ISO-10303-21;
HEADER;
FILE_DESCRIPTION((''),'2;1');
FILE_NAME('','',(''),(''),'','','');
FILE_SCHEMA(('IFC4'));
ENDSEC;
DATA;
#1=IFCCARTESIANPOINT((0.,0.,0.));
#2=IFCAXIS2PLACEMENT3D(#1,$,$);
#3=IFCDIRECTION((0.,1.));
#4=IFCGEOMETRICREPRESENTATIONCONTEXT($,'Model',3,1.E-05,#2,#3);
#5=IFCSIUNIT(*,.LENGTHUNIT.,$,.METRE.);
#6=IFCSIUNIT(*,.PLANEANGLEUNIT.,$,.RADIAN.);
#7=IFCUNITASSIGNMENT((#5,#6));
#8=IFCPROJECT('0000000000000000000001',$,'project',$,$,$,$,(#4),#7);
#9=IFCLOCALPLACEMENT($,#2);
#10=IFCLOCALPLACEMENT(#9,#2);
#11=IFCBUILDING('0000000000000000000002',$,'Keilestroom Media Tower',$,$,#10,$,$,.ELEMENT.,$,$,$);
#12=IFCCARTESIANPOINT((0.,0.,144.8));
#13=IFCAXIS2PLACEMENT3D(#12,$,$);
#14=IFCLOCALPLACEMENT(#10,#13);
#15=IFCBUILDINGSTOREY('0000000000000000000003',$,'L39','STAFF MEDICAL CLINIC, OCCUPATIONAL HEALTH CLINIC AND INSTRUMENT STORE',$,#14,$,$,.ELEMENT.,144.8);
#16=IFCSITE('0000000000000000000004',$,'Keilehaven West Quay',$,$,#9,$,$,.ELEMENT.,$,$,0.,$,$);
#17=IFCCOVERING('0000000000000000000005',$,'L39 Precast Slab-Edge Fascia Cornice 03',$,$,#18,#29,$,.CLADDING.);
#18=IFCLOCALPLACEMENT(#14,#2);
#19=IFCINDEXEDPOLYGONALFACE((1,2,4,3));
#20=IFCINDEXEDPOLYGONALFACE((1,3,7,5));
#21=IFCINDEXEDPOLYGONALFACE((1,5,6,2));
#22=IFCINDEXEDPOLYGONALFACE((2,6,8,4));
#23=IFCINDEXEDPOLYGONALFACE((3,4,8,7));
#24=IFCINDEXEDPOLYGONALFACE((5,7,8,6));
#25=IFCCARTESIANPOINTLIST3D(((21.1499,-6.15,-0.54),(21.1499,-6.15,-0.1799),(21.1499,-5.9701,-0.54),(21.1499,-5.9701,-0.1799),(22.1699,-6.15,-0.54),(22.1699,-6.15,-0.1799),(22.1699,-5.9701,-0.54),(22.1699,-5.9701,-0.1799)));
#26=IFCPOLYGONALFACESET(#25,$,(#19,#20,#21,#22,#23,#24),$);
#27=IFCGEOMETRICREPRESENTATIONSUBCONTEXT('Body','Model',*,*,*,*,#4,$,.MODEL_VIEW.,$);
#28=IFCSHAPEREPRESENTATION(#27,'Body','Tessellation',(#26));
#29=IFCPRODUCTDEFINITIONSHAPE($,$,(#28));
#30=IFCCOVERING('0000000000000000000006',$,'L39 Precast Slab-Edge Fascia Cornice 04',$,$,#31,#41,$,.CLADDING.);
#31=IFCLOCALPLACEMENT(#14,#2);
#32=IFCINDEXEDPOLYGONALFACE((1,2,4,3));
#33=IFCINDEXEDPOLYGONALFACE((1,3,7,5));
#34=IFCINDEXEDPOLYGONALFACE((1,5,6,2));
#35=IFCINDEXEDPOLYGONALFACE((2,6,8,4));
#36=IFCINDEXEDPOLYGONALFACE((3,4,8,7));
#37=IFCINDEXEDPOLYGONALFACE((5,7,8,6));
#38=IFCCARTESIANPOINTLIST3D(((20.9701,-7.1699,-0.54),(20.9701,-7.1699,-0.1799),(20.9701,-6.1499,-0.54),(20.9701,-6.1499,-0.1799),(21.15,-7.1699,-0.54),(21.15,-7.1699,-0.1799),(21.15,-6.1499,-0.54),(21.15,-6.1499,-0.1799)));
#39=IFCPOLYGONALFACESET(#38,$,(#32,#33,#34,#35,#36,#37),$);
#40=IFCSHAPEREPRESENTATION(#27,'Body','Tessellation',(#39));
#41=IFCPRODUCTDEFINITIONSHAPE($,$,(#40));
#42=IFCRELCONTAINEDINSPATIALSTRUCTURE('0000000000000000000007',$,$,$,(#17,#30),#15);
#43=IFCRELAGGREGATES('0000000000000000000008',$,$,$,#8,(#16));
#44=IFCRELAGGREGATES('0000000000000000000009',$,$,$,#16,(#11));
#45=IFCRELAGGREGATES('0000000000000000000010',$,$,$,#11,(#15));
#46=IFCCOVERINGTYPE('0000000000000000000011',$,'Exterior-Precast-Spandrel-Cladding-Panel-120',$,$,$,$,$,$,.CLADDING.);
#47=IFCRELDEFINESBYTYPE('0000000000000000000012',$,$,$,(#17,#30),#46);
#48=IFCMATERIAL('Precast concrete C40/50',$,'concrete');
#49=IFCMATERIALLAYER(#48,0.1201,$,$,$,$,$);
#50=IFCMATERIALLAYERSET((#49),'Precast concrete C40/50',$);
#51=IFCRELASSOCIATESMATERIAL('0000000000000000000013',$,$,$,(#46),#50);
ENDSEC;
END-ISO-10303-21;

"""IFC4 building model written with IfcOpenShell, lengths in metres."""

from ifc_helpers import new_model, si_unit, direction, frame, origin, origin_2d, place, context, subcontext, project, spatial, rectangle, extrude, source, transform, mapped, material, layer, layer_set, type_object, element, save


model = new_model("IFC4")

# Units and contexts
model_context = context("Model", 3, precision=1e-05, world=origin(), true_north=direction((0.0, 1.0)))
body_context = subcontext(model_context, "Body", "Model", "MODEL_VIEW")
ifc_project = project(units=[si_unit("LENGTHUNIT", "METRE"), si_unit("PLANEANGLEUNIT", "RADIAN")], contexts=[model_context])

# Site, building, storey
site_placement = place(None, origin())
site = spatial("IfcSite", under=ifc_project, at=site_placement, Name="Keilehaven West Quay", CompositionType="ELEMENT", RefElevation=0.0)
building_placement = place(site_placement, origin())
building = spatial("IfcBuilding", under=site, at=building_placement, Name="Keilestroom Media Tower", CompositionType="ELEMENT")
storey_placement = place(building_placement, frame((0.0, 0.0, 144.8)))
storey = spatial("IfcBuildingStorey", under=building, at=storey_placement, Name="L39", Description="STAFF MEDICAL CLINIC, OCCUPATIONAL HEALTH CLINIC AND INSTRUMENT STORE", CompositionType="ELEMENT", Elevation=144.8)

# Shared definitions
ifc_material_1 = material(Name="Precast concrete C40/50", Category="concrete")

# Coverings
ifc_layer_1 = layer(ifc_material_1, 0.1201)
ifc_layer_set_1 = layer_set([ifc_layer_1], Name="Precast concrete C40/50")
covering_type = type_object("IfcCoveringType", Name="Exterior-Precast-Spandrel-Cladding-Panel-120", PredefinedType="CLADDING", material=ifc_layer_set_1)
shared_shape_1 = source(origin(), body_context, "Body", "SweptSolid", [
    extrude(rectangle(XDim=1.02, YDim=0.1799, at=origin_2d()), origin(), (0.0, 0.0, 1.0), 0.3601),
])
for number, where, z_axis, x_axis, name in (
    (1, (21.6599, -6.0601, -0.54), (0.0, 0.0, 1.0), (-1.0, 0.0, 0.0), "L39 Precast Slab-Edge Fascia Cornice 03"),
    (2, (21.0601, -6.6599, -0.54), (0.0, 0.0, 1.0), (0.0, -1.0, 0.0), "L39 Precast Slab-Edge Fascia Cornice 04"),
):
    element("IfcCovering", number, at=place(storey_placement, frame(where, z_axis=z_axis, x_axis=x_axis)), inside=storey, type_object=covering_type, Name=name, PredefinedType="CLADDING", context=body_context, shape_type="MappedRepresentation", body=[
        mapped(shared_shape_1, transform((0.0, 0.0, 0.0), x_axis=(1.0, 0.0, 0.0), y_axis=(0.0, 1.0, 0.0), z_axis=(0.0, 0.0, 1.0), scale=1.0)),
    ])

save(model, "model.ifc")
